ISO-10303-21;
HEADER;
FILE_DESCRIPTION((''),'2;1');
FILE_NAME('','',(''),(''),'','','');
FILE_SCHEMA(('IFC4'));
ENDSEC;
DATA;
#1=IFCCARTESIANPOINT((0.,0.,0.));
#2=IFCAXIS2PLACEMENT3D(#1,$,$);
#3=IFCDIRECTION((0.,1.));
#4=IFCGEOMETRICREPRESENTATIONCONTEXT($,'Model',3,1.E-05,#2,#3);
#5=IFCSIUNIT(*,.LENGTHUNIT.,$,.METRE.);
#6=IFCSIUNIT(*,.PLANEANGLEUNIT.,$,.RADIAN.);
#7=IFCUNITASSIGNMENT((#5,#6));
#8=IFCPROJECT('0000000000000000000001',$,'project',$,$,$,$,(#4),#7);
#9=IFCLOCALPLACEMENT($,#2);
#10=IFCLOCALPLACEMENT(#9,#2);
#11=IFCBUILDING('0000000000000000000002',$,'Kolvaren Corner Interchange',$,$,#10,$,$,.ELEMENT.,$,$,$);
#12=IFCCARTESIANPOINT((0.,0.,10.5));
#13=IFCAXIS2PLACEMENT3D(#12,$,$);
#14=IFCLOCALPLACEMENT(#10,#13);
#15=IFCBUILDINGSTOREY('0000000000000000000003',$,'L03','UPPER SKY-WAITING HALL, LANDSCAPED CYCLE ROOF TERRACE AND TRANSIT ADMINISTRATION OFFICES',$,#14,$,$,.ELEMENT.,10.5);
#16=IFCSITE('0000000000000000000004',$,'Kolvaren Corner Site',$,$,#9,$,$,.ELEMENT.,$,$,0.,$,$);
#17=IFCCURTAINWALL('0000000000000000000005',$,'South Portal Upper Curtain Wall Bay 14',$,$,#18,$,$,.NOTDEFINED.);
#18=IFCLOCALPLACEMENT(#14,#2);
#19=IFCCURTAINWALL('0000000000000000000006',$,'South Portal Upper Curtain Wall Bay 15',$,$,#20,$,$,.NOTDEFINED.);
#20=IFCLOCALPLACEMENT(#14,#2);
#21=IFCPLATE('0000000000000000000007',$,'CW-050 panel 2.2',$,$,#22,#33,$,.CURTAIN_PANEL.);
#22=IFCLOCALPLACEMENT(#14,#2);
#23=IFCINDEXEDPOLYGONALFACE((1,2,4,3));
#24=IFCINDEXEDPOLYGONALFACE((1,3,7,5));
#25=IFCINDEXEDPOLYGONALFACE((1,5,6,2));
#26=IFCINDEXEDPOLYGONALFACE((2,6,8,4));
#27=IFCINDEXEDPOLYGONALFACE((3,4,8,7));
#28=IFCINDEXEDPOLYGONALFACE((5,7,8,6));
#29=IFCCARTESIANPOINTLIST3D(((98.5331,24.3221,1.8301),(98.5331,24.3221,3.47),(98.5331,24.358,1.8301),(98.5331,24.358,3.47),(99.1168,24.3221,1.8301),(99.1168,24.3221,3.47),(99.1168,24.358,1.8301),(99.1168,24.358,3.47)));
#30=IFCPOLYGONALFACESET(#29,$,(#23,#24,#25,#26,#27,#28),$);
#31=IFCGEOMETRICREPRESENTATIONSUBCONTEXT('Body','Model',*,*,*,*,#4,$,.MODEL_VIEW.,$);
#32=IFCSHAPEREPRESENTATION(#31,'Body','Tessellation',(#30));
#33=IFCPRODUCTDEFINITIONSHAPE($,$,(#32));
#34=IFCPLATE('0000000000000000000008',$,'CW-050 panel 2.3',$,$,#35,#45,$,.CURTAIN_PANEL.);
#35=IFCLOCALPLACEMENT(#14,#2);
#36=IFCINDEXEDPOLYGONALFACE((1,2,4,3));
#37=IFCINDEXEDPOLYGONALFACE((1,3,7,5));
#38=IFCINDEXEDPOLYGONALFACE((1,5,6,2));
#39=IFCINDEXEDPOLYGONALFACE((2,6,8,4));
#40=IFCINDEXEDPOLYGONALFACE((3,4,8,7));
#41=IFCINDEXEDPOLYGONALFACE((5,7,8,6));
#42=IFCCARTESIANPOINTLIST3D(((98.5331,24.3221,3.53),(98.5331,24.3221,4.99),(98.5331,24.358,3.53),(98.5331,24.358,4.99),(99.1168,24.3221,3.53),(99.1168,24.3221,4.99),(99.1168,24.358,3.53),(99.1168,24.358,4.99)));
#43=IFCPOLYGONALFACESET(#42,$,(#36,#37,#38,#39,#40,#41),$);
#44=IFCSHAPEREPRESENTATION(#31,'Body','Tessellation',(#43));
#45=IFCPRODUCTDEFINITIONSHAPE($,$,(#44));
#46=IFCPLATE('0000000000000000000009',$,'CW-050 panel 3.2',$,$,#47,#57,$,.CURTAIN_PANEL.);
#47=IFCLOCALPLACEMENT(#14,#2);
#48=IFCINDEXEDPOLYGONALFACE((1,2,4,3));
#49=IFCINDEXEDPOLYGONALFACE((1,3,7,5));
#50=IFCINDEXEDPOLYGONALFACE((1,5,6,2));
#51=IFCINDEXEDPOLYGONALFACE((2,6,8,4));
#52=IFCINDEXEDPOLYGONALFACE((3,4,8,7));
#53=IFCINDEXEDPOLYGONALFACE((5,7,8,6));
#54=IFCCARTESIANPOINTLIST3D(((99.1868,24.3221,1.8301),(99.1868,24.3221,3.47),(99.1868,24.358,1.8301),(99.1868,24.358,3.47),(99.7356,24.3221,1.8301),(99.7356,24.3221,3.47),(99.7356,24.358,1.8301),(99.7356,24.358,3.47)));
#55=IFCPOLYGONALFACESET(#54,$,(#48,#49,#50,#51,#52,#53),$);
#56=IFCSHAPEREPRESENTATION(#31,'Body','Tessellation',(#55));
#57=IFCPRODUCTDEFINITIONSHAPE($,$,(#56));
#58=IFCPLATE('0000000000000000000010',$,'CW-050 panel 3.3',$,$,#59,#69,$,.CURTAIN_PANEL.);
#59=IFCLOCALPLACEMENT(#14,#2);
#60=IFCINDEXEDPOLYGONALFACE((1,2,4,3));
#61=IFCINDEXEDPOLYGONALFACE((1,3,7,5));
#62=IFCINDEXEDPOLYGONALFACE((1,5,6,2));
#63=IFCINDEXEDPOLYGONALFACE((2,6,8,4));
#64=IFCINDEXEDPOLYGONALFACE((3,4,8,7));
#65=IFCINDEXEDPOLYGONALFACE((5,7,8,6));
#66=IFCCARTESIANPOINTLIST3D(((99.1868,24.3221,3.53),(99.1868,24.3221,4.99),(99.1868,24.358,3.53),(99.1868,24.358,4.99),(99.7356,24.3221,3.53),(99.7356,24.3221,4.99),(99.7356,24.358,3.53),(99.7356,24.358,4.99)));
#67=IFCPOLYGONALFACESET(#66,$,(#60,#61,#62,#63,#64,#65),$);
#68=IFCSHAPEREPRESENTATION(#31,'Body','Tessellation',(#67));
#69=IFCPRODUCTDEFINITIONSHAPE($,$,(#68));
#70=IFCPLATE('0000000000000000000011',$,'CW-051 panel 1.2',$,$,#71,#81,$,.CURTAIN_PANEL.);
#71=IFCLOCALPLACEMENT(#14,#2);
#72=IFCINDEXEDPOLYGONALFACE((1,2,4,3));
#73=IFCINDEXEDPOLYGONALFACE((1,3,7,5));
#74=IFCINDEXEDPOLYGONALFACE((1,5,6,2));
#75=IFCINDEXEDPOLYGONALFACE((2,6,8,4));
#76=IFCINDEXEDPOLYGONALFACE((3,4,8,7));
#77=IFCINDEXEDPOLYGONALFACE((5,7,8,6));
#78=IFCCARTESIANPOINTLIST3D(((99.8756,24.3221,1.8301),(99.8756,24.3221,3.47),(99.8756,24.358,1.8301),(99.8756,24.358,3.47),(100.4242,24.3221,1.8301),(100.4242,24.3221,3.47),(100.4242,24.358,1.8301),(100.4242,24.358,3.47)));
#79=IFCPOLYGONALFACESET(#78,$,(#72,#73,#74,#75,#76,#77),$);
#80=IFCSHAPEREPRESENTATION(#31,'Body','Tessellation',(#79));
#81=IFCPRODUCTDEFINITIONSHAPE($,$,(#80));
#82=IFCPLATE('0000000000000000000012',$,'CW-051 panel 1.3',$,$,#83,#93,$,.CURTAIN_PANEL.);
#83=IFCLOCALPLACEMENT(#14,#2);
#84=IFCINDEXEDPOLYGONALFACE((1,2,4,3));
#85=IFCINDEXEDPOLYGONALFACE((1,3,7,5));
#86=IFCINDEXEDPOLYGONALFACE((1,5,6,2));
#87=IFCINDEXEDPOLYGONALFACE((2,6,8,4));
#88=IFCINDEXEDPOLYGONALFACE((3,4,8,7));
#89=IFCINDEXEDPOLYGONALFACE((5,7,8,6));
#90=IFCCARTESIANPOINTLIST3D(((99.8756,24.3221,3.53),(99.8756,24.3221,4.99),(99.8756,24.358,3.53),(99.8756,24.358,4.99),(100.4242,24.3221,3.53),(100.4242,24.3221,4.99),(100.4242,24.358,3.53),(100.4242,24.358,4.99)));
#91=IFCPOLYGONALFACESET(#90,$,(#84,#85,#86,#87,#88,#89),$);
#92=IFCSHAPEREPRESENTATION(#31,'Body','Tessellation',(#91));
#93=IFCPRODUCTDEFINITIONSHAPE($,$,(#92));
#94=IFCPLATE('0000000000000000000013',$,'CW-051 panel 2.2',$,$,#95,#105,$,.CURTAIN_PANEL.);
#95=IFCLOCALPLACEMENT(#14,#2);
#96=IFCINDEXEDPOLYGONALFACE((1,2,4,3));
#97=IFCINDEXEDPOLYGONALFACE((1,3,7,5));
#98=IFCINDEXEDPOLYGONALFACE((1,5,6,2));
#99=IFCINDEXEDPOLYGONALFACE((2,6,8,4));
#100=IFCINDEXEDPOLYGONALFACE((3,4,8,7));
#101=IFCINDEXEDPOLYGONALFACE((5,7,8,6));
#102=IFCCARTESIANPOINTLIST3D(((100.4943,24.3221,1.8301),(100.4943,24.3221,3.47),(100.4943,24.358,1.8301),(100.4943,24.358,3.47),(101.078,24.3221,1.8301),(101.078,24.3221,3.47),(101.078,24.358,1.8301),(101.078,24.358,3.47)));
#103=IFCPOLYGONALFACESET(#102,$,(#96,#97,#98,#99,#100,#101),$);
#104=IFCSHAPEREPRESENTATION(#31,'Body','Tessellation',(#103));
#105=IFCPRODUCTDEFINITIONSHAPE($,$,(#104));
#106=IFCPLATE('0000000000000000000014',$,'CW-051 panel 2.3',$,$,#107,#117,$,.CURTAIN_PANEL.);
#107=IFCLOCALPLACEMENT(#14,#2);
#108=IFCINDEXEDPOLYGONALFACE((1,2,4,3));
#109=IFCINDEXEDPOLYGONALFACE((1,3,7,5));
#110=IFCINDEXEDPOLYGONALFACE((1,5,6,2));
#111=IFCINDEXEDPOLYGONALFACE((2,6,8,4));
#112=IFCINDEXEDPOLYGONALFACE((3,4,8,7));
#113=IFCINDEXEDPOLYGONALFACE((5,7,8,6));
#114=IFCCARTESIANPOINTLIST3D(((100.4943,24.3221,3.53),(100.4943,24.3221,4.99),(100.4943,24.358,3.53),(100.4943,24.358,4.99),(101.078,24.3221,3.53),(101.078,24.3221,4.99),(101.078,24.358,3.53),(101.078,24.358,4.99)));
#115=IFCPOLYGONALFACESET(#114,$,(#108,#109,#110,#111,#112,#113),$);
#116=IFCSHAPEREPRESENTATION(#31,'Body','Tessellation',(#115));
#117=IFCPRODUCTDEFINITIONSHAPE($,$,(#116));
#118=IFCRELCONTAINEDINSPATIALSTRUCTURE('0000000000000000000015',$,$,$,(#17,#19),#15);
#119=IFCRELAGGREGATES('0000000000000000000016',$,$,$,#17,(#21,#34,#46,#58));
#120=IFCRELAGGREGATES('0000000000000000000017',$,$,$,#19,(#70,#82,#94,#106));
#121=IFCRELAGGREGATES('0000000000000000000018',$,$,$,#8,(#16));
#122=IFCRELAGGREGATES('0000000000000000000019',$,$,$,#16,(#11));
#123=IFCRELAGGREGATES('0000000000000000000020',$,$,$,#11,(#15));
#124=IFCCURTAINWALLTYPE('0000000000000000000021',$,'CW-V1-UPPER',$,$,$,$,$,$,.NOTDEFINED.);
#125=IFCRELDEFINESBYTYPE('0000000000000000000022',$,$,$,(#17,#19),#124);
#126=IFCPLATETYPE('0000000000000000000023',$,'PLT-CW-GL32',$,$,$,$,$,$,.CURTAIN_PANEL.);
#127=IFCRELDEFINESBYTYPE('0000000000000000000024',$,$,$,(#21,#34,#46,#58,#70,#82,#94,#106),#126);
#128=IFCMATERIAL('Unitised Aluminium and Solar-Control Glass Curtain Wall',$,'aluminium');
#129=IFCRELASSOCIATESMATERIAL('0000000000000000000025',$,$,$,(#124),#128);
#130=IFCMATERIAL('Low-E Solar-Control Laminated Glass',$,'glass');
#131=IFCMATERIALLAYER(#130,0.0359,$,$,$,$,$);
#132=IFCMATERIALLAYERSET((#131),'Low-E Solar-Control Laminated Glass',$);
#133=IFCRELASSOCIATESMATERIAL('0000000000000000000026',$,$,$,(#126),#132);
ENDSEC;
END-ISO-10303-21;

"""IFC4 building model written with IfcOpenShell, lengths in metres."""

from ifc_helpers import new_model, si_unit, direction, frame, origin, origin_2d, place, context, subcontext, project, spatial, rectangle, extrude, material, layer, layer_set, type_object, element, aggregate, save


model = new_model("IFC4")

# Units and contexts
model_context = context("Model", 3, precision=1e-05, world=origin(), true_north=direction((0.0, 1.0)))
body_context = subcontext(model_context, "Body", "Model", "MODEL_VIEW")
ifc_project = project(units=[si_unit("LENGTHUNIT", "METRE"), si_unit("PLANEANGLEUNIT", "RADIAN")], contexts=[model_context])

# Site, building, storey
site_placement = place(None, origin())
site = spatial("IfcSite", under=ifc_project, at=site_placement, Name="Kolvaren Corner Site", CompositionType="ELEMENT", RefElevation=0.0)
building_placement = place(site_placement, origin())
building = spatial("IfcBuilding", under=site, at=building_placement, Name="Kolvaren Corner Interchange", CompositionType="ELEMENT")
storey_placement = place(building_placement, frame((0.0, 0.0, 10.5)))
storey = spatial("IfcBuildingStorey", under=building, at=storey_placement, Name="L03", Description="UPPER SKY-WAITING HALL, LANDSCAPED CYCLE ROOF TERRACE AND TRANSIT ADMINISTRATION OFFICES", CompositionType="ELEMENT", Elevation=10.5)

# Curtain walls
ifc_material_1 = material(Name="Unitised Aluminium and Solar-Control Glass Curtain Wall", Category="aluminium")
curtain_wall_type = type_object("IfcCurtainWallType", Name="CW-V1-UPPER", PredefinedType="NOTDEFINED", material=ifc_material_1)
curtain_wall_1_placement = place(storey_placement, origin())
curtain_wall_1 = element("IfcCurtainWall", 1, at=curtain_wall_1_placement, inside=storey, type_object=curtain_wall_type, Name="South Portal Upper Curtain Wall Bay 14", PredefinedType="NOTDEFINED")
curtain_wall_2_placement = place(storey_placement, origin())
curtain_wall_2 = element("IfcCurtainWall", 2, at=curtain_wall_2_placement, inside=storey, type_object=curtain_wall_type, Name="South Portal Upper Curtain Wall Bay 15", PredefinedType="NOTDEFINED")

# Plates
ifc_material_2 = material(Name="Low-E Solar-Control Laminated Glass", Category="glass")
ifc_layer = layer(ifc_material_2, 0.0359)
ifc_layer_set = layer_set([ifc_layer], Name="Low-E Solar-Control Laminated Glass")
plate_type = type_object("IfcPlateType", Name="PLT-CW-GL32", PredefinedType="CURTAIN_PANEL", material=ifc_layer_set)
plate_1_placement = place(storey_placement, frame((98.825, 24.3401, 1.8301), z_axis=(0.0, 0.0, 1.0), x_axis=(1.0, 0.0, 0.0)))
plate_1 = element("IfcPlate", 3, at=plate_1_placement, type_object=plate_type, Name="CW-050 panel 2.2", PredefinedType="CURTAIN_PANEL", context=body_context, shape_type="SweptSolid", body=[
    extrude(rectangle(XDim=0.5837, YDim=0.0359, at=origin_2d()), origin(), (0.0, 0.0, 1.0), 1.6399),
])
plate_2_placement = place(storey_placement, frame((98.825, 24.3401, 3.53), z_axis=(0.0, 0.0, 1.0), x_axis=(1.0, 0.0, 0.0)))
plate_2 = element("IfcPlate", 4, at=plate_2_placement, type_object=plate_type, Name="CW-050 panel 2.3", PredefinedType="CURTAIN_PANEL", context=body_context, shape_type="SweptSolid", body=[
    extrude(rectangle(XDim=0.5837, YDim=0.0359, at=origin_2d()), origin(), (0.0, 0.0, 1.0), 1.46),
])
plate_3_placement = place(storey_placement, frame((99.4612, 24.3401, 1.8301), z_axis=(0.0, 0.0, 1.0), x_axis=(1.0, 0.0, 0.0)))
plate_3 = element("IfcPlate", 5, at=plate_3_placement, type_object=plate_type, Name="CW-050 panel 3.2", PredefinedType="CURTAIN_PANEL", context=body_context, shape_type="SweptSolid", body=[
    extrude(rectangle(XDim=0.5488, YDim=0.0359, at=origin_2d()), origin(), (0.0, 0.0, 1.0), 1.6399),
])
plate_4_placement = place(storey_placement, frame((99.4612, 24.3401, 3.53), z_axis=(0.0, 0.0, 1.0), x_axis=(1.0, 0.0, 0.0)))
plate_4 = element("IfcPlate", 6, at=plate_4_placement, type_object=plate_type, Name="CW-050 panel 3.3", PredefinedType="CURTAIN_PANEL", context=body_context, shape_type="SweptSolid", body=[
    extrude(rectangle(XDim=0.5488, YDim=0.0359, at=origin_2d()), origin(), (0.0, 0.0, 1.0), 1.46),
])
aggregate(curtain_wall_1, [plate_1, plate_2, plate_3, plate_4])
plate_5_placement = place(storey_placement, frame((100.1499, 24.3401, 1.8301), z_axis=(0.0, 0.0, 1.0), x_axis=(1.0, 0.0, 0.0)))
plate_5 = element("IfcPlate", 7, at=plate_5_placement, type_object=plate_type, Name="CW-051 panel 1.2", PredefinedType="CURTAIN_PANEL", context=body_context, shape_type="SweptSolid", body=[
    extrude(rectangle(XDim=0.5486, YDim=0.0359, at=origin_2d()), origin(), (0.0, 0.0, 1.0), 1.6399),
])
plate_6_placement = place(storey_placement, frame((100.1499, 24.3401, 3.53), z_axis=(0.0, 0.0, 1.0), x_axis=(1.0, 0.0, 0.0)))
plate_6 = element("IfcPlate", 8, at=plate_6_placement, type_object=plate_type, Name="CW-051 panel 1.3", PredefinedType="CURTAIN_PANEL", context=body_context, shape_type="SweptSolid", body=[
    extrude(rectangle(XDim=0.5486, YDim=0.0359, at=origin_2d()), origin(), (0.0, 0.0, 1.0), 1.46),
])
plate_7_placement = place(storey_placement, frame((100.7861, 24.3401, 1.8301), z_axis=(0.0, 0.0, 1.0), x_axis=(1.0, 0.0, 0.0)))
plate_7 = element("IfcPlate", 9, at=plate_7_placement, type_object=plate_type, Name="CW-051 panel 2.2", PredefinedType="CURTAIN_PANEL", context=body_context, shape_type="SweptSolid", body=[
    extrude(rectangle(XDim=0.5837, YDim=0.0359, at=origin_2d()), origin(), (0.0, 0.0, 1.0), 1.6399),
])
plate_8_placement = place(storey_placement, frame((100.7861, 24.3401, 3.53), z_axis=(0.0, 0.0, 1.0), x_axis=(1.0, 0.0, 0.0)))
plate_8 = element("IfcPlate", 10, at=plate_8_placement, type_object=plate_type, Name="CW-051 panel 2.3", PredefinedType="CURTAIN_PANEL", context=body_context, shape_type="SweptSolid", body=[
    extrude(rectangle(XDim=0.5837, YDim=0.0359, at=origin_2d()), origin(), (0.0, 0.0, 1.0), 1.46),
])
aggregate(curtain_wall_2, [plate_5, plate_6, plate_7, plate_8])

save(model, "model.ifc")
